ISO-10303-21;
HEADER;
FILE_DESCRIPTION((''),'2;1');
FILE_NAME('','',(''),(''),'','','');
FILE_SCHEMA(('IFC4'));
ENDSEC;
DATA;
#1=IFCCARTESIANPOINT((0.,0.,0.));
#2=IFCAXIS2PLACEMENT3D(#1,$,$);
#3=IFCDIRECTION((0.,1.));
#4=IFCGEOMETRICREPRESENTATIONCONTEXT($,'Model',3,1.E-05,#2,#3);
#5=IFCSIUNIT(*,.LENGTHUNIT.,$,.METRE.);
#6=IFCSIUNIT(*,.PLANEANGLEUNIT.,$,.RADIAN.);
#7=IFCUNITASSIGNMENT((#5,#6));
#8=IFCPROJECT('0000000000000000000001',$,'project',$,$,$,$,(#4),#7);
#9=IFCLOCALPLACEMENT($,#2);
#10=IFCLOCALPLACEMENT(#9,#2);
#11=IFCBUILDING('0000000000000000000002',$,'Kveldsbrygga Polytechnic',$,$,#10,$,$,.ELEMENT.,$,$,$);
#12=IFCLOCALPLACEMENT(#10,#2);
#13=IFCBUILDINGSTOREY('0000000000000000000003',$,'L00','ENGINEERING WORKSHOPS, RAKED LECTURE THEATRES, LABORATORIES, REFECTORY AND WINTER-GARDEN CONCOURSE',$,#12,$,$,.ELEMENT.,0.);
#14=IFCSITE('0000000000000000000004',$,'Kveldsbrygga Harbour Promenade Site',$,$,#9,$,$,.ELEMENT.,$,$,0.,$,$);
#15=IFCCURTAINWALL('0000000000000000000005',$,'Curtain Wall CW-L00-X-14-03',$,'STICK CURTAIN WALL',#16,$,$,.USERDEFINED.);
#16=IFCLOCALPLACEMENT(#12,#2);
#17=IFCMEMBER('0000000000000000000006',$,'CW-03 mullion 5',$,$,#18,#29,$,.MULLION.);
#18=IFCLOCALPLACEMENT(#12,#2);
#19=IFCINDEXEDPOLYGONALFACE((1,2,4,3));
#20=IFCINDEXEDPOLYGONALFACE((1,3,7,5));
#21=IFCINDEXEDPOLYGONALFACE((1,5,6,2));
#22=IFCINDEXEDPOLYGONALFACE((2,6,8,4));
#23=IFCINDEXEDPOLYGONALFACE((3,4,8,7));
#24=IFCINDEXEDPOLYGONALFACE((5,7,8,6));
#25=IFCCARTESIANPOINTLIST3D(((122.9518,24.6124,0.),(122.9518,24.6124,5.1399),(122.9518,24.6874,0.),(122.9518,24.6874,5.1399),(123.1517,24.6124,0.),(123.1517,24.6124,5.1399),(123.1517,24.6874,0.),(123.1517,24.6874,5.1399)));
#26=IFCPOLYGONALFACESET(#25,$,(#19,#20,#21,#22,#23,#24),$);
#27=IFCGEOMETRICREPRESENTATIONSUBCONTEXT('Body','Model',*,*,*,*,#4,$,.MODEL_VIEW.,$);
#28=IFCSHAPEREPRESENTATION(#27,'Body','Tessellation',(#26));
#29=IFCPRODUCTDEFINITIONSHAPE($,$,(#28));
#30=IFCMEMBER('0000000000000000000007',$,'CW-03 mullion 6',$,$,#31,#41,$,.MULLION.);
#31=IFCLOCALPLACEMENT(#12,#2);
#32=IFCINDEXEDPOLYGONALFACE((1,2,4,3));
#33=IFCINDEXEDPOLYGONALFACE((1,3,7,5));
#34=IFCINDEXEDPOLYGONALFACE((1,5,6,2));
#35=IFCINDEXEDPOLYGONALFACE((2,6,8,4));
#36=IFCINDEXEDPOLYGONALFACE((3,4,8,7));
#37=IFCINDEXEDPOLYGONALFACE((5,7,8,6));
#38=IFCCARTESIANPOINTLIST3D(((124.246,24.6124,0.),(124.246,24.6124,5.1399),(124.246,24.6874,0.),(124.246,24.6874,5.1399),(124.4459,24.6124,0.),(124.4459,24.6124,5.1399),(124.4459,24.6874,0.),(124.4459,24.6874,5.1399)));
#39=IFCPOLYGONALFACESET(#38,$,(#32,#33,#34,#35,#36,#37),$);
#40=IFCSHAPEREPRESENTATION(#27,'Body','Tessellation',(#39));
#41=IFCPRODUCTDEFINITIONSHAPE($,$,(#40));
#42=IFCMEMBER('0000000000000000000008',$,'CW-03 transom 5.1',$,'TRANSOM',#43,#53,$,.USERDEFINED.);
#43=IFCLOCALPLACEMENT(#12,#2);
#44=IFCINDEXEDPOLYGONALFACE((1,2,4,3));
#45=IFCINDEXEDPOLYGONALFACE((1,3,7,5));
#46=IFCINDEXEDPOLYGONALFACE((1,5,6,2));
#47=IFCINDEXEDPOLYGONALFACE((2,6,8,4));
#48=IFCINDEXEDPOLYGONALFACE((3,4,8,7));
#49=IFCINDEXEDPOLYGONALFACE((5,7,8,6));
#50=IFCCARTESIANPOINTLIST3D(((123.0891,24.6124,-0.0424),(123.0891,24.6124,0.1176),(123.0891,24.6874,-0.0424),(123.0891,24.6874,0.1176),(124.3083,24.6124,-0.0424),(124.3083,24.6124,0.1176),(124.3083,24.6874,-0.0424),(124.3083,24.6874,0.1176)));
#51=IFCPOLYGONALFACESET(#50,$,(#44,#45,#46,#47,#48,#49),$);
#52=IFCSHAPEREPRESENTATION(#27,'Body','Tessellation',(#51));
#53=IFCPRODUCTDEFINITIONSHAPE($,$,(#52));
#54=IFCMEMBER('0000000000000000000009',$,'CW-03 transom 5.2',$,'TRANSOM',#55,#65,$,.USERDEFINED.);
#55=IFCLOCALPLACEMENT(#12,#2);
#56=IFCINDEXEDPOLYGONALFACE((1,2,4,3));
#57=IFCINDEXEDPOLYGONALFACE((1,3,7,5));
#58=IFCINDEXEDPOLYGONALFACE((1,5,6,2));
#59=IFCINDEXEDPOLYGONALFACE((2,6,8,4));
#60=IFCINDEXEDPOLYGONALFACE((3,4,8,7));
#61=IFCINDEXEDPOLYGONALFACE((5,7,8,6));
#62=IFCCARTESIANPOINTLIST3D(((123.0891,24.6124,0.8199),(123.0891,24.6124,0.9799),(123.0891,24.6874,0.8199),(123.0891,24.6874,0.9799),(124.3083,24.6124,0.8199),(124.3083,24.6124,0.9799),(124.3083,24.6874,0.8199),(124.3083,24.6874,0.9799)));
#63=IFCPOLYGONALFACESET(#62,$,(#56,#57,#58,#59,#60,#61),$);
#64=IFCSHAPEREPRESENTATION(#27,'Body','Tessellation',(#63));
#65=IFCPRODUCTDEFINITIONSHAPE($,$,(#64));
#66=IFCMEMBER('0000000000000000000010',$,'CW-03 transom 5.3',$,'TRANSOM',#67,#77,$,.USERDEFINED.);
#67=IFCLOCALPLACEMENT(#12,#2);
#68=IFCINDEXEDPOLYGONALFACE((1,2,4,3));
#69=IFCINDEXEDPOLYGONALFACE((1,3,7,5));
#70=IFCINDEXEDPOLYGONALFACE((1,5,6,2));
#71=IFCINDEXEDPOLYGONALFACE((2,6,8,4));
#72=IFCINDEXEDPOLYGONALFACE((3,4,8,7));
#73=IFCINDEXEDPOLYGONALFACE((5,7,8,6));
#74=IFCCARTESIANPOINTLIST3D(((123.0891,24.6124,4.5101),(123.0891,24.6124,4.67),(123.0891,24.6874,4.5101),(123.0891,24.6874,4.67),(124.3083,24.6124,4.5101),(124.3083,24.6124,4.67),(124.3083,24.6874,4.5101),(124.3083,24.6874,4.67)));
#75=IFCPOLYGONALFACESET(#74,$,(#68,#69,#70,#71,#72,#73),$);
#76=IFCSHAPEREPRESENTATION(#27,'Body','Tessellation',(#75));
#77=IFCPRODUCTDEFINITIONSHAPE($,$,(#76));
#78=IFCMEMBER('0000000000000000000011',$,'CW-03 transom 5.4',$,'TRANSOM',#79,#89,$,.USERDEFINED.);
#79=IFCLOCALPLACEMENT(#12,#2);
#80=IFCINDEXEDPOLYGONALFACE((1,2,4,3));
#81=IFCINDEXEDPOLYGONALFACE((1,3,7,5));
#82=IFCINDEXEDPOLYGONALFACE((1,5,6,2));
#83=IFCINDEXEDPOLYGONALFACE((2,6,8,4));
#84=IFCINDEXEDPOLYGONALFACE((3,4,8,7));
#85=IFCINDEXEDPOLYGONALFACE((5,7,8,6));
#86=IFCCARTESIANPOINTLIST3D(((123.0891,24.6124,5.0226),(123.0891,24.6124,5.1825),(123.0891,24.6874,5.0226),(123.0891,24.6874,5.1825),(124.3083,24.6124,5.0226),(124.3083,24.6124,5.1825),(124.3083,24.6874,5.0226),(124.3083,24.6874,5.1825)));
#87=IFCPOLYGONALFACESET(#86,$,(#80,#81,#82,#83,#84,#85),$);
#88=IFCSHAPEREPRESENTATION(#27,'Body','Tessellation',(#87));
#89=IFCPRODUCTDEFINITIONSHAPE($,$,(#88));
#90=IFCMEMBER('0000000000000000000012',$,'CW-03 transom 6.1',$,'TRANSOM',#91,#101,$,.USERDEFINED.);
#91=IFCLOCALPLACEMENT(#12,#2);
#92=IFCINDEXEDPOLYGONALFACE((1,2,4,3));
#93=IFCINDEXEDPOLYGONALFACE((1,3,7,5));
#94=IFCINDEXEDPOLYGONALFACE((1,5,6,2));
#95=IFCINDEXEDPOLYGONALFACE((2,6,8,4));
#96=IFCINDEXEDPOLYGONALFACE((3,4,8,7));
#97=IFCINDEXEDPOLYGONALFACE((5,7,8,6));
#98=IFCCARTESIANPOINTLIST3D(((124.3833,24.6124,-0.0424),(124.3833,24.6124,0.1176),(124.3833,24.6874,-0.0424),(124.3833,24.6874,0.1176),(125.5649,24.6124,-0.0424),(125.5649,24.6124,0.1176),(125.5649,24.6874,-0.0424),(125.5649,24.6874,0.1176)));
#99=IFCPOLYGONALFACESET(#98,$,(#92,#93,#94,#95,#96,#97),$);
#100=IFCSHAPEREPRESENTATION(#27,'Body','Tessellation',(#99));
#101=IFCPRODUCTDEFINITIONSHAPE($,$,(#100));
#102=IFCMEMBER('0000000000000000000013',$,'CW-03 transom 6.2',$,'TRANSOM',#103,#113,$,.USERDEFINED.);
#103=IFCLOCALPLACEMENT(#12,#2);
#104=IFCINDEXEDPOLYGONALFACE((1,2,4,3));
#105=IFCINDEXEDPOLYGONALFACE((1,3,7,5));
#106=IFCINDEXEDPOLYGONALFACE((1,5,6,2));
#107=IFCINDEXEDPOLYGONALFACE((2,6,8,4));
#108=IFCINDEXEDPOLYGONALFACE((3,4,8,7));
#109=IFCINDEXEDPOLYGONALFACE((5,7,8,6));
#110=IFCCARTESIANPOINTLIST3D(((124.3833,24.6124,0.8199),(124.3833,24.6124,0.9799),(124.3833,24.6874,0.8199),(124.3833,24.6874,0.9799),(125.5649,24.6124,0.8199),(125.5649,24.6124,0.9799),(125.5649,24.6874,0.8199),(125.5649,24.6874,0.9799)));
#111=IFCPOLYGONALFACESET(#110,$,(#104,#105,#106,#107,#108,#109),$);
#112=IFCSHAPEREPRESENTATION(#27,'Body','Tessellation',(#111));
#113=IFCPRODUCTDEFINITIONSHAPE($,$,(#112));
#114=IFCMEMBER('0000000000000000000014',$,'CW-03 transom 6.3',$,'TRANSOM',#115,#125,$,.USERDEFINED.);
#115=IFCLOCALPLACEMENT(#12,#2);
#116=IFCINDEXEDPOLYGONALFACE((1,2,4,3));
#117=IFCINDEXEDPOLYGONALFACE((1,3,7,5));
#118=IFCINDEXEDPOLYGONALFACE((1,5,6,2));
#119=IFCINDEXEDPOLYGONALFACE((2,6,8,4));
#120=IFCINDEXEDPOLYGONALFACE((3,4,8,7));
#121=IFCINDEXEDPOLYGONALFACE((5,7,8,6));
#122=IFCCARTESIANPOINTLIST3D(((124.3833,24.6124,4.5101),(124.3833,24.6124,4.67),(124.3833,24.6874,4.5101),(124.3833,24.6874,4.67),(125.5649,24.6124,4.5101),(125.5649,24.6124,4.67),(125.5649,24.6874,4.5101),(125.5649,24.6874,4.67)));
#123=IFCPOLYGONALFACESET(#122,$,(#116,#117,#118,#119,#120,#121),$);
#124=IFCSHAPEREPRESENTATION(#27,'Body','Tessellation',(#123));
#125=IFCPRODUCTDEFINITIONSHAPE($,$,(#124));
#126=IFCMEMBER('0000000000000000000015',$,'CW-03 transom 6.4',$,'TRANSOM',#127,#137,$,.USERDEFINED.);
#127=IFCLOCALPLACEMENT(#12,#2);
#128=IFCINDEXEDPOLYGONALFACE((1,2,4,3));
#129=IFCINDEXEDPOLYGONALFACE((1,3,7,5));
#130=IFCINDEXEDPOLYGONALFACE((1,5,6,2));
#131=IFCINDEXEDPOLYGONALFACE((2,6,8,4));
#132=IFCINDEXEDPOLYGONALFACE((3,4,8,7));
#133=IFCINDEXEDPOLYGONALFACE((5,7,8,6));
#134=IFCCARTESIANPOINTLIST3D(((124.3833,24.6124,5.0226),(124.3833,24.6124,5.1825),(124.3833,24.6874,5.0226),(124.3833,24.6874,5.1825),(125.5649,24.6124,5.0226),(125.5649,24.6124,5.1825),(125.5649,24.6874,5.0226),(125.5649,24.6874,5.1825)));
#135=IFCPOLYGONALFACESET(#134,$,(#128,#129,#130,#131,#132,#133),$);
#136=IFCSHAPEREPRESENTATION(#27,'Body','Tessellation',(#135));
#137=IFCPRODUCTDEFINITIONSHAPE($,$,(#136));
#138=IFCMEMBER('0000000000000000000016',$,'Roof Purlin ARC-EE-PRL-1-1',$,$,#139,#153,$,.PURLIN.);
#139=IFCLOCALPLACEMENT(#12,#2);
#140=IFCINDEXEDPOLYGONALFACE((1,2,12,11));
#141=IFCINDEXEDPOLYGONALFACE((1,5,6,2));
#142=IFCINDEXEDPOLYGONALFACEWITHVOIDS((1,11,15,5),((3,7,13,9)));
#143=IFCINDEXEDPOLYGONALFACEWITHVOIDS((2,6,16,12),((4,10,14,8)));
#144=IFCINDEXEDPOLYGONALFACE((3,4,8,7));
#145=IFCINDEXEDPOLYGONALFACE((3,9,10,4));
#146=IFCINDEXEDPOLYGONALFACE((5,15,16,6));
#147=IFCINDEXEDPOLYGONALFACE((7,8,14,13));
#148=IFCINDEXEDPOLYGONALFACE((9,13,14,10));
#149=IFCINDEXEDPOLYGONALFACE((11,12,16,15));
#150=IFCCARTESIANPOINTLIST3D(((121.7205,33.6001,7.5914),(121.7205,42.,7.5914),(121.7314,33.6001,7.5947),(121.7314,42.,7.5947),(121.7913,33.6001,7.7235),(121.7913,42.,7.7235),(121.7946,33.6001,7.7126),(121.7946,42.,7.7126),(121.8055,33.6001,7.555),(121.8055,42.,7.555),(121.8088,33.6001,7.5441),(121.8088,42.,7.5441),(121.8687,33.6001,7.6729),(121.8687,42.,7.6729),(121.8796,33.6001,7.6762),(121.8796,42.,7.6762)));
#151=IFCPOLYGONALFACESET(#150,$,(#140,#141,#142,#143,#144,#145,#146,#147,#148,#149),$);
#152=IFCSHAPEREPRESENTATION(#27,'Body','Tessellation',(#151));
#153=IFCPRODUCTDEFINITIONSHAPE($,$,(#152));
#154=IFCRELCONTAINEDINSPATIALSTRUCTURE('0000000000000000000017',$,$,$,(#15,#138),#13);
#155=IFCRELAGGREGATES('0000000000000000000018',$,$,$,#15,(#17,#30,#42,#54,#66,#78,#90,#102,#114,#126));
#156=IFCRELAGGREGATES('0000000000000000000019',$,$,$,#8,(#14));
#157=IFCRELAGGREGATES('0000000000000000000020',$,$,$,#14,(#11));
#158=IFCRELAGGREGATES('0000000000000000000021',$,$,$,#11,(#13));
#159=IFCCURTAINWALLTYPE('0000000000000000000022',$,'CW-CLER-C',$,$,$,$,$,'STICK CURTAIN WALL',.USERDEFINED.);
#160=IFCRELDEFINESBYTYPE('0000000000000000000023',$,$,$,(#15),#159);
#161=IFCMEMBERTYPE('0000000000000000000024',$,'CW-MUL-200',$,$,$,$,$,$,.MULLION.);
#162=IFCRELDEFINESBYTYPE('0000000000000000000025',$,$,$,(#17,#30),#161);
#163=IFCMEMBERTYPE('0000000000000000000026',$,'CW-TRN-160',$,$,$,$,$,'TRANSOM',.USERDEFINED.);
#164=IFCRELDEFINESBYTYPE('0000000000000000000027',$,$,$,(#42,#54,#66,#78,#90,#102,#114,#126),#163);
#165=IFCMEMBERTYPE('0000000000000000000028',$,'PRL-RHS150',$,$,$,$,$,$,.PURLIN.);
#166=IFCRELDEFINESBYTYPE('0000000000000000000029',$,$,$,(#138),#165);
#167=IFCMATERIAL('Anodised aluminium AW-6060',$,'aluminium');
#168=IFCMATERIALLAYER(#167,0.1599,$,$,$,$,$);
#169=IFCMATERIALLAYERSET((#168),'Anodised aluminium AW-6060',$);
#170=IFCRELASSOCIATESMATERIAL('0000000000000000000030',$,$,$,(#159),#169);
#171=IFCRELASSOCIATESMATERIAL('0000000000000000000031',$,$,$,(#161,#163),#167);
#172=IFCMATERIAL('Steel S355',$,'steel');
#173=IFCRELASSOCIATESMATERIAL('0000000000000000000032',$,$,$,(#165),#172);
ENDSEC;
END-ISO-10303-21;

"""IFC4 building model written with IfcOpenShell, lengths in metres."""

from ifc_helpers import new_model, si_unit, direction, frame, origin, origin_2d, place, context, subcontext, project, spatial, rectangle, hollow_rectangle, extrude, material, layer, layer_set, material_profile, profile_set, type_object, element, aggregate, save


model = new_model("IFC4")

# Units and contexts
model_context = context("Model", 3, precision=1e-05, world=origin(), true_north=direction((0.0, 1.0)))
body_context = subcontext(model_context, "Body", "Model", "MODEL_VIEW")
ifc_project = project(units=[si_unit("LENGTHUNIT", "METRE"), si_unit("PLANEANGLEUNIT", "RADIAN")], contexts=[model_context])

# Site, building, storey
site_placement = place(None, origin())
site = spatial("IfcSite", under=ifc_project, at=site_placement, Name="Kveldsbrygga Harbour Promenade Site", CompositionType="ELEMENT", RefElevation=0.0)
building_placement = place(site_placement, origin())
building = spatial("IfcBuilding", under=site, at=building_placement, Name="Kveldsbrygga Polytechnic", CompositionType="ELEMENT")
storey_placement = place(building_placement, origin())
storey = spatial("IfcBuildingStorey", under=building, at=storey_placement, Name="L00", Description="ENGINEERING WORKSHOPS, RAKED LECTURE THEATRES, LABORATORIES, REFECTORY AND WINTER-GARDEN CONCOURSE", CompositionType="ELEMENT", Elevation=0.0)

# Curtain wall, members
ifc_material_1 = material(Name="Anodised aluminium AW-6060", Category="aluminium")
ifc_layer_1 = layer(ifc_material_1, 0.1599)
ifc_layer_set_1 = layer_set([ifc_layer_1], Name="Anodised aluminium AW-6060")
curtain_wall_type = type_object("IfcCurtainWallType", Name="CW-CLER-C", ElementType="STICK CURTAIN WALL", PredefinedType="USERDEFINED", material=ifc_layer_set_1)
curtain_wall_placement = place(storey_placement, origin())
curtain_wall = element("IfcCurtainWall", 1, at=curtain_wall_placement, inside=storey, type_object=curtain_wall_type, Name="Curtain Wall CW-L00-X-14-03", ObjectType="STICK CURTAIN WALL", PredefinedType="USERDEFINED")
ifc_material_profile_1 = material_profile(ifc_material_1, rectangle(XDim=0.075, YDim=0.2, at=origin_2d()), Name="ALU 75x200")
ifc_profile_set_1 = profile_set([ifc_material_profile_1], Name="Anodised aluminium AW-6060")
member_type_1 = type_object("IfcMemberType", Name="CW-MUL-200", PredefinedType="MULLION", material=ifc_profile_set_1)
member_1_placement = place(storey_placement, frame((123.0518, 24.6499, 0.0), z_axis=(0.0, 0.0, 1.0), x_axis=(0.0, 1.0, 0.0)))
member_1 = element("IfcMember", 2, at=member_1_placement, type_object=member_type_1, Name="CW-03 mullion 5", PredefinedType="MULLION", context=body_context, shape_type="SweptSolid", body=[
    extrude(rectangle(XDim=0.075, YDim=0.2, at=origin_2d()), origin(), (0.0, 0.0, 1.0), 5.1399),
])
member_2_placement = place(storey_placement, frame((124.3459, 24.6499, 0.0), z_axis=(0.0, 0.0, 1.0), x_axis=(0.0, 1.0, 0.0)))
member_2 = element("IfcMember", 3, at=member_2_placement, type_object=member_type_1, Name="CW-03 mullion 6", PredefinedType="MULLION", context=body_context, shape_type="SweptSolid", body=[
    extrude(rectangle(XDim=0.075, YDim=0.2, at=origin_2d()), origin(), (0.0, 0.0, 1.0), 5.1399),
])
ifc_material_profile_2 = material_profile(ifc_material_1, rectangle(XDim=0.075, YDim=0.1599, at=origin_2d()), Name="ALU 75x160")
ifc_profile_set_2 = profile_set([ifc_material_profile_2], Name="Anodised aluminium AW-6060")
member_type_2 = type_object("IfcMemberType", Name="CW-TRN-160", ElementType="TRANSOM", PredefinedType="USERDEFINED", material=ifc_profile_set_2)
member_3_placement = place(storey_placement, frame((123.0891, 24.6499, 0.0376), z_axis=(1.0, 0.0, 0.0), x_axis=(0.0, 1.0, 0.0)))
member_3 = element("IfcMember", 4, at=member_3_placement, type_object=member_type_2, Name="CW-03 transom 5.1", ObjectType="TRANSOM", PredefinedType="USERDEFINED", context=body_context, shape_type="SweptSolid", body=[
    extrude(rectangle(XDim=0.075, YDim=0.1599, at=origin_2d()), origin(), (0.0, 0.0, 1.0), 1.2192),
])
member_4_placement = place(storey_placement, frame((123.0891, 24.6499, 0.8999), z_axis=(1.0, 0.0, 0.0), x_axis=(0.0, 1.0, 0.0)))
member_4 = element("IfcMember", 5, at=member_4_placement, type_object=member_type_2, Name="CW-03 transom 5.2", ObjectType="TRANSOM", PredefinedType="USERDEFINED", context=body_context, shape_type="SweptSolid", body=[
    extrude(rectangle(XDim=0.075, YDim=0.1599, at=origin_2d()), origin(), (0.0, 0.0, 1.0), 1.2192),
])
member_5_placement = place(storey_placement, frame((123.0891, 24.6499, 4.5901), z_axis=(1.0, 0.0, 0.0), x_axis=(0.0, 1.0, 0.0)))
member_5 = element("IfcMember", 6, at=member_5_placement, type_object=member_type_2, Name="CW-03 transom 5.3", ObjectType="TRANSOM", PredefinedType="USERDEFINED", context=body_context, shape_type="SweptSolid", body=[
    extrude(rectangle(XDim=0.075, YDim=0.1599, at=origin_2d()), origin(), (0.0, 0.0, 1.0), 1.2192),
])
member_6_placement = place(storey_placement, frame((123.0891, 24.6499, 5.1025), z_axis=(1.0, 0.0, 0.0), x_axis=(0.0, 1.0, 0.0)))
member_6 = element("IfcMember", 7, at=member_6_placement, type_object=member_type_2, Name="CW-03 transom 5.4", ObjectType="TRANSOM", PredefinedType="USERDEFINED", context=body_context, shape_type="SweptSolid", body=[
    extrude(rectangle(XDim=0.075, YDim=0.1599, at=origin_2d()), origin(), (0.0, 0.0, 1.0), 1.2192),
])
member_7_placement = place(storey_placement, frame((124.3833, 24.6499, 0.0376), z_axis=(1.0, 0.0, 0.0), x_axis=(0.0, 1.0, 0.0)))
member_7 = element("IfcMember", 8, at=member_7_placement, type_object=member_type_2, Name="CW-03 transom 6.1", ObjectType="TRANSOM", PredefinedType="USERDEFINED", context=body_context, shape_type="SweptSolid", body=[
    extrude(rectangle(XDim=0.075, YDim=0.1599, at=origin_2d()), origin(), (0.0, 0.0, 1.0), 1.1816),
])
member_8_placement = place(storey_placement, frame((124.3833, 24.6499, 0.8999), z_axis=(1.0, 0.0, 0.0), x_axis=(0.0, 1.0, 0.0)))
member_8 = element("IfcMember", 9, at=member_8_placement, type_object=member_type_2, Name="CW-03 transom 6.2", ObjectType="TRANSOM", PredefinedType="USERDEFINED", context=body_context, shape_type="SweptSolid", body=[
    extrude(rectangle(XDim=0.075, YDim=0.1599, at=origin_2d()), origin(), (0.0, 0.0, 1.0), 1.1816),
])
member_9_placement = place(storey_placement, frame((124.3833, 24.6499, 4.5901), z_axis=(1.0, 0.0, 0.0), x_axis=(0.0, 1.0, 0.0)))
member_9 = element("IfcMember", 10, at=member_9_placement, type_object=member_type_2, Name="CW-03 transom 6.3", ObjectType="TRANSOM", PredefinedType="USERDEFINED", context=body_context, shape_type="SweptSolid", body=[
    extrude(rectangle(XDim=0.075, YDim=0.1599, at=origin_2d()), origin(), (0.0, 0.0, 1.0), 1.1816),
])
member_10_placement = place(storey_placement, frame((124.3833, 24.6499, 5.1025), z_axis=(1.0, 0.0, 0.0), x_axis=(0.0, 1.0, 0.0)))
member_10 = element("IfcMember", 11, at=member_10_placement, type_object=member_type_2, Name="CW-03 transom 6.4", ObjectType="TRANSOM", PredefinedType="USERDEFINED", context=body_context, shape_type="SweptSolid", body=[
    extrude(rectangle(XDim=0.075, YDim=0.1599, at=origin_2d()), origin(), (0.0, 0.0, 1.0), 1.1816),
])

# Member
ifc_material_2 = material(Name="Steel S355", Category="steel")
ifc_material_profile_3 = material_profile(ifc_material_2, hollow_rectangle(XDim=0.1001, YDim=0.1499, WallThickness=0.0081, at=origin_2d()), Name="RHS 150x100x8.0")
ifc_profile_set_3 = profile_set([ifc_material_profile_3], Name="Steel S355")
member_type_3 = type_object("IfcMemberType", Name="PRL-RHS150", PredefinedType="PURLIN", material=ifc_profile_set_3)
member_11_placement = place(storey_placement, frame((121.8, 33.6001, 7.6338), z_axis=(0.0, 1.0, 0.0), x_axis=(-0.88148, 0.0, 0.472222)))
element("IfcMember", 12, at=member_11_placement, inside=storey, type_object=member_type_3, Name="Roof Purlin ARC-EE-PRL-1-1", PredefinedType="PURLIN", context=body_context, shape_type="SweptSolid", body=[
    extrude(hollow_rectangle(XDim=0.1001, YDim=0.1499, WallThickness=0.0081, at=origin_2d()), origin(), (0.0, 0.0, 1.0), 8.3999),
])

aggregate(curtain_wall, [member_1, member_2, member_3, member_4, member_5, member_6, member_7, member_8, member_9, member_10])

save(model, "model.ifc")
